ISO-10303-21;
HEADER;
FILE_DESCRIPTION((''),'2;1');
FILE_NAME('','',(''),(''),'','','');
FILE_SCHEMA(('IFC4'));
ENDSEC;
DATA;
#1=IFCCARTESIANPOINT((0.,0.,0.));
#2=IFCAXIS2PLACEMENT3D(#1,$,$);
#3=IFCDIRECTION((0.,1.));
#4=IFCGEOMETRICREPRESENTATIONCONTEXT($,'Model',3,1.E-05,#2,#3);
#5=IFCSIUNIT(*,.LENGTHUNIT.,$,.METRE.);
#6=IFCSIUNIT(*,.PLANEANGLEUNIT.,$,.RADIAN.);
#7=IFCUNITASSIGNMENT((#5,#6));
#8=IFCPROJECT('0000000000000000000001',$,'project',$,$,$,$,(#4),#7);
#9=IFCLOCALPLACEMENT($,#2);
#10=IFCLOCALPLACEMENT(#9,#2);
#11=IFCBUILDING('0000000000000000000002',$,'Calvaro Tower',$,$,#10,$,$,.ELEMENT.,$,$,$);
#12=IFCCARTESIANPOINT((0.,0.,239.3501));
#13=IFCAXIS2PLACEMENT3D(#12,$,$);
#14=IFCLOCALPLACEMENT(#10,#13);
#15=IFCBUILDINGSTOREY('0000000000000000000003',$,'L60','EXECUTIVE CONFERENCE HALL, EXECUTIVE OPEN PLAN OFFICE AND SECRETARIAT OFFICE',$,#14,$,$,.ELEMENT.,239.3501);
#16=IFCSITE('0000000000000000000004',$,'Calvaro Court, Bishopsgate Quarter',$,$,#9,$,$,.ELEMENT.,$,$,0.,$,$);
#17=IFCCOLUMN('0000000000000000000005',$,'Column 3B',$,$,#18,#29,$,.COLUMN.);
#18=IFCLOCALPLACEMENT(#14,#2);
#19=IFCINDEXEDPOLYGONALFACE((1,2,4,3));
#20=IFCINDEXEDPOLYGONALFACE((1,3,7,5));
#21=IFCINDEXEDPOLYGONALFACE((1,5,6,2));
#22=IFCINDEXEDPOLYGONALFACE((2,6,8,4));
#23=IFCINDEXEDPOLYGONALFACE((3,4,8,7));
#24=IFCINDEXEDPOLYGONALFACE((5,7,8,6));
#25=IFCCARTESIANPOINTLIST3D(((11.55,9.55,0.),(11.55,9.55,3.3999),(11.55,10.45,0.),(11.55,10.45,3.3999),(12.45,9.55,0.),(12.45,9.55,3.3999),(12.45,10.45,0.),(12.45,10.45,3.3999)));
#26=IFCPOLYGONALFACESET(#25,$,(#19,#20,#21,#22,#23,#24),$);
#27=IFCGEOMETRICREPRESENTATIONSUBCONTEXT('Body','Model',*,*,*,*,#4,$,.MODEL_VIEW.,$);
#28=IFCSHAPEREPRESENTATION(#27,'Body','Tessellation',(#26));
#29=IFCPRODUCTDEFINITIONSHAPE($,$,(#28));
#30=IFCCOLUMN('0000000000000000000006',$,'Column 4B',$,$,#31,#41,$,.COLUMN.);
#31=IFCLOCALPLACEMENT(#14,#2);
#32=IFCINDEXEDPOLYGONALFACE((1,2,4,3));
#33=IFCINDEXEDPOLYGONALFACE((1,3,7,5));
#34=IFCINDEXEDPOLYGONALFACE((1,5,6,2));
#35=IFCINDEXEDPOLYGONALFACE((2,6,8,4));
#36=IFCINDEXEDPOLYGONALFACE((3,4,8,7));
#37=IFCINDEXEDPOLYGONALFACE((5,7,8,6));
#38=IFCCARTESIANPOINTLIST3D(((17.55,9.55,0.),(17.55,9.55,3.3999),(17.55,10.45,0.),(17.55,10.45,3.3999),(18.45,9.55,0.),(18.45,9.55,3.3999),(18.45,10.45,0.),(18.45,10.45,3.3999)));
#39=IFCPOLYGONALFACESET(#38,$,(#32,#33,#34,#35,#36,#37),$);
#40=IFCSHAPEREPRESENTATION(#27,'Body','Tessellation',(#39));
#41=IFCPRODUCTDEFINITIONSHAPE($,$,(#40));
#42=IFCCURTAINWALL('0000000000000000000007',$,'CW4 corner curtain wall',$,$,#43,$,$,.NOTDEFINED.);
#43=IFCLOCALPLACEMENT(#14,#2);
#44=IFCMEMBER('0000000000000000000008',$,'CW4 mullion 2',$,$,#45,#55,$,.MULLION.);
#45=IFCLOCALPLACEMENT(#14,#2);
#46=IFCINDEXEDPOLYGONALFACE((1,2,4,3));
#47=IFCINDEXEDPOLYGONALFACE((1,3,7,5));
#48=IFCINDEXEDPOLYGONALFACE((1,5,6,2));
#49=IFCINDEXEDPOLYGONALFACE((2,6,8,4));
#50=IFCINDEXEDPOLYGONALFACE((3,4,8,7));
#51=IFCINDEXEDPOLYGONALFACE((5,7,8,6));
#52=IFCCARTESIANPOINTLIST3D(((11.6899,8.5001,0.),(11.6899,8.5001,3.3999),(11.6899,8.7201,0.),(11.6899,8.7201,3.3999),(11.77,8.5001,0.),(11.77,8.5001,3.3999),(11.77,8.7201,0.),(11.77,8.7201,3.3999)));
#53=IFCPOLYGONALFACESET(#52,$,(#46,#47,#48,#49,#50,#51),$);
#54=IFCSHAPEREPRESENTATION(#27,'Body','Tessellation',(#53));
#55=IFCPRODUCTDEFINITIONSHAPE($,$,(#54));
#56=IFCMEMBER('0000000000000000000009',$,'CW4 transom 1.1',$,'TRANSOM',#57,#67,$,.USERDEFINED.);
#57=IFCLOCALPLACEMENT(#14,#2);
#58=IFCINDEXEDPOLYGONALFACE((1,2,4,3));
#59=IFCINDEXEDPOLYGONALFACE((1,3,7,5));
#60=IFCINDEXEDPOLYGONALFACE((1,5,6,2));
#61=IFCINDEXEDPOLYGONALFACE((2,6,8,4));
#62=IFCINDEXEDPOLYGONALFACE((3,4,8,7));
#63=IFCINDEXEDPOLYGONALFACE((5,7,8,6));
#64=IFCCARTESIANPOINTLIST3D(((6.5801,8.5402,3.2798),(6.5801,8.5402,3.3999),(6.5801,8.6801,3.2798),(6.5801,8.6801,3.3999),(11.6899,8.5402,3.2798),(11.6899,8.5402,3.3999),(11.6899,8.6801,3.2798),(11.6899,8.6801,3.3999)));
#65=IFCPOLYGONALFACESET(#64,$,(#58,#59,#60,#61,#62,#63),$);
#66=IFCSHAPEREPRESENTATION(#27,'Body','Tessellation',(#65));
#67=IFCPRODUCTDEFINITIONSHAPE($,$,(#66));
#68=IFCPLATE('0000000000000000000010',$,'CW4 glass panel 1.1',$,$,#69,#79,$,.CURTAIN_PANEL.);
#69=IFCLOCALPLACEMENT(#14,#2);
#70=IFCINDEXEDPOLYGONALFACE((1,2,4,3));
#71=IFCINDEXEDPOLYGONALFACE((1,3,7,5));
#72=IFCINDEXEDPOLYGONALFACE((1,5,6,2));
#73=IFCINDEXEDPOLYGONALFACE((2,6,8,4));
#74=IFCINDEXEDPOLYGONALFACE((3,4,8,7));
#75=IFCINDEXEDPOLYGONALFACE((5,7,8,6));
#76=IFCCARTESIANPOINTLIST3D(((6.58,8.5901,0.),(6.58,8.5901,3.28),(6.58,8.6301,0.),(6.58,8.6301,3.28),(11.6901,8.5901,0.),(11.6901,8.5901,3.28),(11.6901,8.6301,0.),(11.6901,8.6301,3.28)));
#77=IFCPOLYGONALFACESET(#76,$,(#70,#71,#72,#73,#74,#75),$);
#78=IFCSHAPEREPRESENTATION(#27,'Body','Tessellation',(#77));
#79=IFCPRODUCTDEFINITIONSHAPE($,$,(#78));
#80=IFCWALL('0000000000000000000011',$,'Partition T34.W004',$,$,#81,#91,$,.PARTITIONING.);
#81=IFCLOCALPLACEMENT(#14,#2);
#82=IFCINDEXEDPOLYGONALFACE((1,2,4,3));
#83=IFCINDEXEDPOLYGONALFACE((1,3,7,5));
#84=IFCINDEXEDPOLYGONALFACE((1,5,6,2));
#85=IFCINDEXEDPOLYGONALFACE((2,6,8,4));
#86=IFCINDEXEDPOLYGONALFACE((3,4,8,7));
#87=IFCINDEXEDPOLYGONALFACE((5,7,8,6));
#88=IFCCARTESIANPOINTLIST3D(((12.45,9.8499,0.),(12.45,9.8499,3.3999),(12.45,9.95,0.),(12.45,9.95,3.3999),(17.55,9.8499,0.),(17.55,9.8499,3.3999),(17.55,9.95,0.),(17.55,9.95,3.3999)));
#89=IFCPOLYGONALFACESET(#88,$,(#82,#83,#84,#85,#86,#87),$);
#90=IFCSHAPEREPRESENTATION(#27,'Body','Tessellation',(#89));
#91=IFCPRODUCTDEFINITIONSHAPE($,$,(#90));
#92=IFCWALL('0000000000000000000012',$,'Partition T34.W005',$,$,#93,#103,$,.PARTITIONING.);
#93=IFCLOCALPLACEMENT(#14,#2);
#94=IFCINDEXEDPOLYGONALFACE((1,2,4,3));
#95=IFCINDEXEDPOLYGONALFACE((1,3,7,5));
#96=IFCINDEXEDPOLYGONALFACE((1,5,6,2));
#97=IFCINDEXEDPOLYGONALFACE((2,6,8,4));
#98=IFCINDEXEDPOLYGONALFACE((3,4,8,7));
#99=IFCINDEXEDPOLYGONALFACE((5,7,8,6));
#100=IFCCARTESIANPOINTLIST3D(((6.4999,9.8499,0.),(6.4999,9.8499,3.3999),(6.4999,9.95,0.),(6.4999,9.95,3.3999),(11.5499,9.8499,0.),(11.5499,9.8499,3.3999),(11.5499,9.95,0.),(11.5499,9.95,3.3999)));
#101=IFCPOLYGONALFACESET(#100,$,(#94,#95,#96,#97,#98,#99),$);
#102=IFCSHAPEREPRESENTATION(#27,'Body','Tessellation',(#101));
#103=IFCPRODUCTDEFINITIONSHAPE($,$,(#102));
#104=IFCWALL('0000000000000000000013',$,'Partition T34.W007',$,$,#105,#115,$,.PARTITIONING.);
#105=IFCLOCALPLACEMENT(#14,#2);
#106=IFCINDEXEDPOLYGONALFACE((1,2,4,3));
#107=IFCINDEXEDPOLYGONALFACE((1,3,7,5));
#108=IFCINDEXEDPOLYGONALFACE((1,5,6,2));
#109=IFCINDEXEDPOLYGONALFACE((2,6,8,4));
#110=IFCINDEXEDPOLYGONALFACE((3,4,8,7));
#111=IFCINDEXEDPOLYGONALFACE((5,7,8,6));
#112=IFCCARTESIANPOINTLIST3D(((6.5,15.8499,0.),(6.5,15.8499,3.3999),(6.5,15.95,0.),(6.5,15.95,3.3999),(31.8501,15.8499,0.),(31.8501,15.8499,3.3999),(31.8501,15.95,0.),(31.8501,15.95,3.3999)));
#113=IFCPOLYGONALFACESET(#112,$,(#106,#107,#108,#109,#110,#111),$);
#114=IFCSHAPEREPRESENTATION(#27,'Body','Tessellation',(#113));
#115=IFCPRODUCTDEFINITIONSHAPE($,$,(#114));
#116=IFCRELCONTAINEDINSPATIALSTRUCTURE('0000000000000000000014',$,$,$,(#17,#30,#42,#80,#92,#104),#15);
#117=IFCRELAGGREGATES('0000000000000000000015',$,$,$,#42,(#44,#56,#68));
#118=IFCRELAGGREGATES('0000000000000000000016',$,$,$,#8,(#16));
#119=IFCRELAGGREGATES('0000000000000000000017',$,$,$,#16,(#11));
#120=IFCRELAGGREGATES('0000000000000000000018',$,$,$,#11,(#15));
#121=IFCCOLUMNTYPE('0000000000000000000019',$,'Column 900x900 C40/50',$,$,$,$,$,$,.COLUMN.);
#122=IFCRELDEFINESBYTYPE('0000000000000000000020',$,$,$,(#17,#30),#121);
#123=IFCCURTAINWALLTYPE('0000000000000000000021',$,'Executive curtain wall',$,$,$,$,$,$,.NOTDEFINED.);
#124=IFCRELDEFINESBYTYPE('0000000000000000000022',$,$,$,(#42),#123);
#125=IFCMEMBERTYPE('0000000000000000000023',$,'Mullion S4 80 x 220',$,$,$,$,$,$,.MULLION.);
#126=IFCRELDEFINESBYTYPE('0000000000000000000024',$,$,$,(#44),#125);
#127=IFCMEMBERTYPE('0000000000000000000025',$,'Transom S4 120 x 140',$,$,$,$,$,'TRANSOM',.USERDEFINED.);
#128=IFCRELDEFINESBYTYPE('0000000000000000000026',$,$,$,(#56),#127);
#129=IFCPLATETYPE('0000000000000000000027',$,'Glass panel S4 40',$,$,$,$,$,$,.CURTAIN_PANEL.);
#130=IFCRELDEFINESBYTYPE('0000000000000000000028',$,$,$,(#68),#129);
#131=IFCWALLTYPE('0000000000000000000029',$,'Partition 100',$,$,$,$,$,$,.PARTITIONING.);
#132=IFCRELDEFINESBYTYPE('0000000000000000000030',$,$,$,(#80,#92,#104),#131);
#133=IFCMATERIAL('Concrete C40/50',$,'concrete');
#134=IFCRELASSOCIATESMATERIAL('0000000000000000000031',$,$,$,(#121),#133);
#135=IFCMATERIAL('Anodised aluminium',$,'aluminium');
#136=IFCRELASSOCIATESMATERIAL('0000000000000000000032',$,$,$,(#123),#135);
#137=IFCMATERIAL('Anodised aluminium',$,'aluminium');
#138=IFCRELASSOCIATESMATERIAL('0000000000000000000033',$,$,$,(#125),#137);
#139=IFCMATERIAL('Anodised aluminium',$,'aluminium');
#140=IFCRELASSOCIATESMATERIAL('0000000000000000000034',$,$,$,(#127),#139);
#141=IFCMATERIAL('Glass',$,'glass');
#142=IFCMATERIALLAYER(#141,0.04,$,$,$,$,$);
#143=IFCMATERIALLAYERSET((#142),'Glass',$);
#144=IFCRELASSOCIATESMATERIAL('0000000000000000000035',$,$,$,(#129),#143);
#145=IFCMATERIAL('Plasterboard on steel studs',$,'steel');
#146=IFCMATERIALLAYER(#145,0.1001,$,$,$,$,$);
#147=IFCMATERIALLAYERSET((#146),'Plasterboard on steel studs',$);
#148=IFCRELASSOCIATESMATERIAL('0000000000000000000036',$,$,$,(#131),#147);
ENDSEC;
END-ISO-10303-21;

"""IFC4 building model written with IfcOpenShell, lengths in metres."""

from ifc_helpers import new_model, si_unit, direction, frame, frame_2d, origin, origin_2d, place, context, subcontext, project, spatial, rectangle, extrude, material, layer, layer_set, material_profile, profile_set, type_object, element, aggregate, save


model = new_model("IFC4")

# Units and contexts
model_context = context("Model", 3, precision=1e-05, world=origin(), true_north=direction((0.0, 1.0)))
body_context = subcontext(model_context, "Body", "Model", "MODEL_VIEW")
ifc_project = project(units=[si_unit("LENGTHUNIT", "METRE"), si_unit("PLANEANGLEUNIT", "RADIAN")], contexts=[model_context])

# Site, building, storey
site_placement = place(None, origin())
site = spatial("IfcSite", under=ifc_project, at=site_placement, Name="Calvaro Court, Bishopsgate Quarter", CompositionType="ELEMENT", RefElevation=0.0)
building_placement = place(site_placement, origin())
building = spatial("IfcBuilding", under=site, at=building_placement, Name="Calvaro Tower", CompositionType="ELEMENT")
storey_placement = place(building_placement, frame((0.0, 0.0, 239.3501)))
storey = spatial("IfcBuildingStorey", under=building, at=storey_placement, Name="L60", Description="EXECUTIVE CONFERENCE HALL, EXECUTIVE OPEN PLAN OFFICE AND SECRETARIAT OFFICE", CompositionType="ELEMENT", Elevation=239.3501)

# Columns
ifc_material_1 = material(Name="Concrete C40/50", Category="concrete")
ifc_material_profile_1 = material_profile(ifc_material_1, rectangle(XDim=0.8999, YDim=0.8999, at=origin_2d()), Name="RC 900x900")
ifc_profile_set_1 = profile_set([ifc_material_profile_1], Name="Concrete C40/50")
column_type = type_object("IfcColumnType", Name="Column 900x900 C40/50", PredefinedType="COLUMN", material=ifc_profile_set_1)
for number, where, z_axis, x_axis, name in (
    (1, (12.0, 10.0, 0.0), (0.0, 0.0, 1.0), (1.0, 0.0, 0.0), "Column 3B"),
    (2, (18.0, 10.0, 0.0), (0.0, 0.0, 1.0), (1.0, 0.0, 0.0), "Column 4B"),
):
    element("IfcColumn", number, at=place(storey_placement, frame(where, z_axis=z_axis, x_axis=x_axis)), inside=storey, type_object=column_type, Name=name, PredefinedType="COLUMN", context=body_context, shape_type="SweptSolid", body=[
        extrude(rectangle(XDim=0.8999, YDim=0.8999, at=origin_2d()), origin(), (0.0, 0.0, 1.0), 3.3999),
    ])

# Curtain wall, members, plate
ifc_material_2 = material(Name="Anodised aluminium", Category="aluminium")
curtain_wall_type = type_object("IfcCurtainWallType", Name="Executive curtain wall", PredefinedType="NOTDEFINED", material=ifc_material_2)
curtain_wall_placement = place(storey_placement, origin())
curtain_wall = element("IfcCurtainWall", 3, at=curtain_wall_placement, inside=storey, type_object=curtain_wall_type, Name="CW4 corner curtain wall", PredefinedType="NOTDEFINED")
ifc_material_3 = material(Name="Anodised aluminium", Category="aluminium")
ifc_material_profile_2 = material_profile(ifc_material_3, rectangle(XDim=0.22, YDim=0.0801, at=origin_2d()), Name="Mullion S4 80 x 220")
ifc_profile_set_2 = profile_set([ifc_material_profile_2], Name="Anodised aluminium")
member_type_1 = type_object("IfcMemberType", Name="Mullion S4 80 x 220", PredefinedType="MULLION", material=ifc_profile_set_2)
member_1_placement = place(storey_placement, frame((11.73, 8.6101, 0.0), z_axis=(0.0, 0.0, 1.0), x_axis=(0.0, 1.0, 0.0)))
member_1 = element("IfcMember", 4, at=member_1_placement, type_object=member_type_1, Name="CW4 mullion 2", PredefinedType="MULLION", context=body_context, shape_type="SweptSolid", body=[
    extrude(rectangle(XDim=0.22, YDim=0.0801, at=origin_2d()), origin(), (0.0, 0.0, 1.0), 3.3999),
])
ifc_material_4 = material(Name="Anodised aluminium", Category="aluminium")
ifc_material_profile_3 = material_profile(ifc_material_4, rectangle(XDim=0.1399, YDim=0.1201, at=origin_2d()), Name="Transom S4 120 x 140")
ifc_profile_set_3 = profile_set([ifc_material_profile_3], Name="Anodised aluminium")
member_type_2 = type_object("IfcMemberType", Name="Transom S4 120 x 140", ElementType="TRANSOM", PredefinedType="USERDEFINED", material=ifc_profile_set_3)
member_2_placement = place(storey_placement, frame((6.5801, 8.6101, 3.3398), z_axis=(1.0, 0.0, 0.0), x_axis=(0.0, 1.0, 0.0)))
member_2 = element("IfcMember", 5, at=member_2_placement, type_object=member_type_2, Name="CW4 transom 1.1", ObjectType="TRANSOM", PredefinedType="USERDEFINED", context=body_context, shape_type="SweptSolid", body=[
    extrude(rectangle(XDim=0.1399, YDim=0.1201, at=origin_2d()), origin(), (0.0, 0.0, 1.0), 5.1099),
])
ifc_material_5 = material(Name="Glass", Category="glass")
ifc_layer_1 = layer(ifc_material_5, 0.04)
ifc_layer_set_1 = layer_set([ifc_layer_1], Name="Glass")
plate_type = type_object("IfcPlateType", Name="Glass panel S4 40", PredefinedType="CURTAIN_PANEL", material=ifc_layer_set_1)
plate_placement = place(storey_placement, frame((9.135, 8.6101, 0.0), z_axis=(0.0, 0.0, 1.0), x_axis=(1.0, 0.0, 0.0)))
plate = element("IfcPlate", 6, at=plate_placement, type_object=plate_type, Name="CW4 glass panel 1.1", PredefinedType="CURTAIN_PANEL", context=body_context, shape_type="SweptSolid", body=[
    extrude(rectangle(XDim=5.1101, YDim=0.04, at=origin_2d()), origin(), (0.0, 0.0, 1.0), 3.28),
])
aggregate(curtain_wall, [member_1, member_2, plate])

# Walls
ifc_material_6 = material(Name="Plasterboard on steel studs", Category="steel")
ifc_layer_2 = layer(ifc_material_6, 0.1001)
ifc_layer_set_2 = layer_set([ifc_layer_2], Name="Plasterboard on steel studs")
wall_type = type_object("IfcWallType", Name="Partition 100", PredefinedType="PARTITIONING", material=ifc_layer_set_2)
wall_1_placement = place(storey_placement, frame((12.45, 9.8999, 0.0), z_axis=(0.0, 0.0, 1.0), x_axis=(1.0, 0.0, 0.0)))
element("IfcWall", 7, at=wall_1_placement, inside=storey, type_object=wall_type, Name="Partition T34.W004", PredefinedType="PARTITIONING", context=body_context, shape_type="SweptSolid", body=[
    extrude(rectangle(XDim=5.1001, YDim=0.1001, at=frame_2d((2.55, 0.0))), origin(), (0.0, 0.0, 1.0), 3.3999),
])
wall_2_placement = place(storey_placement, frame((6.5, 9.8999, 0.0), z_axis=(0.0, 0.0, 1.0), x_axis=(1.0, 0.0, 0.0)))
element("IfcWall", 8, at=wall_2_placement, inside=storey, type_object=wall_type, Name="Partition T34.W005", PredefinedType="PARTITIONING", context=body_context, shape_type="SweptSolid", body=[
    extrude(rectangle(XDim=5.05, YDim=0.1001, at=frame_2d((2.5249, 0.0))), origin(), (0.0, 0.0, 1.0), 3.3999),
])
wall_3_placement = place(storey_placement, frame((6.5, 15.8999, 0.0), z_axis=(0.0, 0.0, 1.0), x_axis=(1.0, 0.0, 0.0)))
element("IfcWall", 9, at=wall_3_placement, inside=storey, type_object=wall_type, Name="Partition T34.W007", PredefinedType="PARTITIONING", context=body_context, shape_type="SweptSolid", body=[
    extrude(rectangle(XDim=25.3501, YDim=0.1001, at=frame_2d((12.675, 0.0))), origin(), (0.0, 0.0, 1.0), 3.3999),
])

save(model, "model.ifc")
